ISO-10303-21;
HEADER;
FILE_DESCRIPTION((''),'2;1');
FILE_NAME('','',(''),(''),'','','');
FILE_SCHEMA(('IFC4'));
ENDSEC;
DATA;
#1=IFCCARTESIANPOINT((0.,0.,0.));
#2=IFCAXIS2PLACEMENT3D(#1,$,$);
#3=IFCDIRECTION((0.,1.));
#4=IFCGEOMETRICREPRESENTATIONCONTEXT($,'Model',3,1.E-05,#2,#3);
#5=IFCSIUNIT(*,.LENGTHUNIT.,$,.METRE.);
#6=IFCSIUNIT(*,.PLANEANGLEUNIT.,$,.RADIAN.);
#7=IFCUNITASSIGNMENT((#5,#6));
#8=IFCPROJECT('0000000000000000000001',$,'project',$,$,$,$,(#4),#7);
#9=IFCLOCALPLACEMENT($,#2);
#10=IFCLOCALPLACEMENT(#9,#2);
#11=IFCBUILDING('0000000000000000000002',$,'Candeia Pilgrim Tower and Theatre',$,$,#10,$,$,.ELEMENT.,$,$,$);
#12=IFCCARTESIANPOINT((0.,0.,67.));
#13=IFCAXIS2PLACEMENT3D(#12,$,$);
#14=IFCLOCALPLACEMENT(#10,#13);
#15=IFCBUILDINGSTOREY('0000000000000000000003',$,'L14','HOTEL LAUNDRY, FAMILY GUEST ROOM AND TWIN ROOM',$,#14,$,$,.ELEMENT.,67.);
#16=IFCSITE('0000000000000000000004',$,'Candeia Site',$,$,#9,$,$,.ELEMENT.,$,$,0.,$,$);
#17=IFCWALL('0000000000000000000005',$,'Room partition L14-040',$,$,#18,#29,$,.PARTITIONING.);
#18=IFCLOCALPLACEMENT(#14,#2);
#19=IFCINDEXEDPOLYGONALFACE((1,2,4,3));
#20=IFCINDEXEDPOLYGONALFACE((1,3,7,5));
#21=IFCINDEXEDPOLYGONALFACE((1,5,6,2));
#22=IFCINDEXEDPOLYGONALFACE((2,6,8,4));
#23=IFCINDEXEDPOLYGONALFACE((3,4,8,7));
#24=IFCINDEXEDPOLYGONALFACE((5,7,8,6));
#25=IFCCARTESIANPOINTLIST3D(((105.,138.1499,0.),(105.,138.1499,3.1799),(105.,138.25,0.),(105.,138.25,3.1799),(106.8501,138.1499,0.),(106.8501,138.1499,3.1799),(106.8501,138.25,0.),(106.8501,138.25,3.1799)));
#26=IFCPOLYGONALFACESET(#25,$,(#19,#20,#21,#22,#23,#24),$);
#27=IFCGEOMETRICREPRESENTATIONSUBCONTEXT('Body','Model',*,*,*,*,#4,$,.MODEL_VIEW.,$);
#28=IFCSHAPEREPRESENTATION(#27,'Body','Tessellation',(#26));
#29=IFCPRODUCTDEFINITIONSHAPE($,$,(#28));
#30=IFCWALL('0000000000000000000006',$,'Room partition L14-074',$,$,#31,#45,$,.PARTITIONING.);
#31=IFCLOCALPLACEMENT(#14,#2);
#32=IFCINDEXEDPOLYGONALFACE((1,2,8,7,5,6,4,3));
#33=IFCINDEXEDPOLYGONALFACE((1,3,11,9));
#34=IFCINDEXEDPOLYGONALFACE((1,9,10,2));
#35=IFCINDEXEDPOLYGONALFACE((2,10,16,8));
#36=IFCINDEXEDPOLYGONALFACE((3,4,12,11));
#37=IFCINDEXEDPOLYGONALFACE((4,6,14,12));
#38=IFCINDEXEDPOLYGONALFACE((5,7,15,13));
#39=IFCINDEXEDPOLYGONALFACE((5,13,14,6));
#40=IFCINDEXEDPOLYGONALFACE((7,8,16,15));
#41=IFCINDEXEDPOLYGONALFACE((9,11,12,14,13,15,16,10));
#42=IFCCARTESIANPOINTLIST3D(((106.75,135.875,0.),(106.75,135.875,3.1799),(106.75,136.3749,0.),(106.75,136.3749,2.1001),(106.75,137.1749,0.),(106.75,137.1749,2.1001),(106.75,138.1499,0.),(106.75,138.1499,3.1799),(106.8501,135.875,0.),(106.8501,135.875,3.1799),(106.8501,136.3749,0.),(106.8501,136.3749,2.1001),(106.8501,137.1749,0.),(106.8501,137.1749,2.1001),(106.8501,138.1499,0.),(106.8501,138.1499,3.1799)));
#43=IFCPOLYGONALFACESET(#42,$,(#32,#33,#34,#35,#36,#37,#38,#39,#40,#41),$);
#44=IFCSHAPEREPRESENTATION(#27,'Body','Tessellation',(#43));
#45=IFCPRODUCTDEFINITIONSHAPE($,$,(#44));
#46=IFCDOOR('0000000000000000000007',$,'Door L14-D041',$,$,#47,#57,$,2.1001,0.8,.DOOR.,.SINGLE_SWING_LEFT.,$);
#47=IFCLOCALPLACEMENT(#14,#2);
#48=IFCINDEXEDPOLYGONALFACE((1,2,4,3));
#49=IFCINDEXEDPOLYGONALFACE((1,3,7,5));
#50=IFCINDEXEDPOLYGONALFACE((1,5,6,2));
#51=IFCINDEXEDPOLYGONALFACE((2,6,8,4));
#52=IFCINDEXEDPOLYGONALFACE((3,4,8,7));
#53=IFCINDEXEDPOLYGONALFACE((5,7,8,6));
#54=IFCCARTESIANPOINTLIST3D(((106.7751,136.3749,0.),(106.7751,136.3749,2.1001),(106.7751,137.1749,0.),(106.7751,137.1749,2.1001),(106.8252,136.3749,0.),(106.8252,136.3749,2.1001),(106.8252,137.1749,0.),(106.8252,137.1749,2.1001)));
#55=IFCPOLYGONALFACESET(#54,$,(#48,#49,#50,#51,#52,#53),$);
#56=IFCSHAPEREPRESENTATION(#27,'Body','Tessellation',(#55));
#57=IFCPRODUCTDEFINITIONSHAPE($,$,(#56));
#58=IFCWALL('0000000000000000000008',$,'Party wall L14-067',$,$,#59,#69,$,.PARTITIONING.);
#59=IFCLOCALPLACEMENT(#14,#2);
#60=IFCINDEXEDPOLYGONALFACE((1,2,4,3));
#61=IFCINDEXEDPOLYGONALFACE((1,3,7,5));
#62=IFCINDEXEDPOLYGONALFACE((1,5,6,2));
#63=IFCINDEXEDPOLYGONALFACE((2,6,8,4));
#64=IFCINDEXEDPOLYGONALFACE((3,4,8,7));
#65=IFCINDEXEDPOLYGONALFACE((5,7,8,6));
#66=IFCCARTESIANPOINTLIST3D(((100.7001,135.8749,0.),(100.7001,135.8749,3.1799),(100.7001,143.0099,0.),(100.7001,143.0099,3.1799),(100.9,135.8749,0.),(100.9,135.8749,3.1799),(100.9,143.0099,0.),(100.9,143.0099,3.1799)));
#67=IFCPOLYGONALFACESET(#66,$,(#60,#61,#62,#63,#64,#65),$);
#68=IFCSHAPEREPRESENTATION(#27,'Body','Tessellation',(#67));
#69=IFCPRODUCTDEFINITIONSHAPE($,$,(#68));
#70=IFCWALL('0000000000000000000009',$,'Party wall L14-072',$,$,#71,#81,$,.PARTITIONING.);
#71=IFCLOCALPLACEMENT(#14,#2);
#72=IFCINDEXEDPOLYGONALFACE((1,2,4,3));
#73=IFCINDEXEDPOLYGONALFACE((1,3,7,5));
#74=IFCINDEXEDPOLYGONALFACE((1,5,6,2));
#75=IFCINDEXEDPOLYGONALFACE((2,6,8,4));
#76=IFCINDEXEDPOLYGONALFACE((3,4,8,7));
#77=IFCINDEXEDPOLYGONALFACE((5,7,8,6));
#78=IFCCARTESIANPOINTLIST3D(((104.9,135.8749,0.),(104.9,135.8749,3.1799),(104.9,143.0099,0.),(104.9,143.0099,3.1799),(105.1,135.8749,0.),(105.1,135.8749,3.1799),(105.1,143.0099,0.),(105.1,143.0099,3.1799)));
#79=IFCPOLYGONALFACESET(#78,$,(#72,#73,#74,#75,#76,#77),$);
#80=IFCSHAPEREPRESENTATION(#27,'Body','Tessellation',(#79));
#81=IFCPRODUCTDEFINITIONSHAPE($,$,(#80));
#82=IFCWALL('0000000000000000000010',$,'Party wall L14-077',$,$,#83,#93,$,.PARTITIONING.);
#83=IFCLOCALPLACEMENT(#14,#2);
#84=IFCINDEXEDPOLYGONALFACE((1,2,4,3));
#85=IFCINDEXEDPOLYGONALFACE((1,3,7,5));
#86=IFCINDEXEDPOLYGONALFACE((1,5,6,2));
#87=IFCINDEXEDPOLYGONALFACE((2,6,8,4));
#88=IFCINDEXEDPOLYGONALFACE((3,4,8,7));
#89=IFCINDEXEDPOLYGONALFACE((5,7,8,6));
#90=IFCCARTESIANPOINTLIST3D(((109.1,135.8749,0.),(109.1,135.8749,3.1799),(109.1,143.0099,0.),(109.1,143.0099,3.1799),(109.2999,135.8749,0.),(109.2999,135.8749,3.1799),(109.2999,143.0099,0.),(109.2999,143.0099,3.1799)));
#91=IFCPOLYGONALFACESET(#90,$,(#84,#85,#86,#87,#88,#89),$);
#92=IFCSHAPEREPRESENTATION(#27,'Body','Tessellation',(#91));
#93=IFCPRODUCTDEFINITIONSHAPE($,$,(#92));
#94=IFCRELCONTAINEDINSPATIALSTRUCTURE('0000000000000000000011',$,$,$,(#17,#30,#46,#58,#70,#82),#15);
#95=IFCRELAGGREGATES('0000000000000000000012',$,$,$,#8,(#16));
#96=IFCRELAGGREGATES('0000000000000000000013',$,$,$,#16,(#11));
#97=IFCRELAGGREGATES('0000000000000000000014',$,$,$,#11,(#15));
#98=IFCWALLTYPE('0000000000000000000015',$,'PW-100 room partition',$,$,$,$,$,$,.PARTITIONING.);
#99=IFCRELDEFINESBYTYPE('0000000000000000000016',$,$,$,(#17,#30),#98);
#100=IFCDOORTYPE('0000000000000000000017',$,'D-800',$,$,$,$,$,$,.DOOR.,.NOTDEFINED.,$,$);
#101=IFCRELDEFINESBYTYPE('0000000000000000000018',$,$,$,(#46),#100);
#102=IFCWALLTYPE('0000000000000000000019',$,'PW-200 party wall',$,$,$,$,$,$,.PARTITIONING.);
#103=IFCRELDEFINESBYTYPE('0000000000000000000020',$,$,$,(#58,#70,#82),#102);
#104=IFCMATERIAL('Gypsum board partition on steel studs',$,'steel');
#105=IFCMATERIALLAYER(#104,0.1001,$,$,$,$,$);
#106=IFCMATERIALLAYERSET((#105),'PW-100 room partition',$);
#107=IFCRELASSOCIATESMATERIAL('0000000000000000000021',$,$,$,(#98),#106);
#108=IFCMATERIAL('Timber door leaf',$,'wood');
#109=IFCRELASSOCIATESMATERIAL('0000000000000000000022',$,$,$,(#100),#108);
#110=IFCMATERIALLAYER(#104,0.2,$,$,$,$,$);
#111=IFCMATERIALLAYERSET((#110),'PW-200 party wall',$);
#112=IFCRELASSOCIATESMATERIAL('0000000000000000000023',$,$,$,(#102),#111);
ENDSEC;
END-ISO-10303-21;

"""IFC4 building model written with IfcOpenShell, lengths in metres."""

from ifc_helpers import new_model, si_unit, direction, frame, frame_2d, origin, place, context, subcontext, project, spatial, rectangle, extrude, material, layer, layer_set, type_object, element, fill, save


model = new_model("IFC4")

# Units and contexts
model_context = context("Model", 3, precision=1e-05, world=origin(), true_north=direction((0.0, 1.0)))
body_context = subcontext(model_context, "Body", "Model", "MODEL_VIEW")
ifc_project = project(units=[si_unit("LENGTHUNIT", "METRE"), si_unit("PLANEANGLEUNIT", "RADIAN")], contexts=[model_context])

# Site, building, storey
site_placement = place(None, origin())
site = spatial("IfcSite", under=ifc_project, at=site_placement, Name="Candeia Site", CompositionType="ELEMENT", RefElevation=0.0)
building_placement = place(site_placement, origin())
building = spatial("IfcBuilding", under=site, at=building_placement, Name="Candeia Pilgrim Tower and Theatre", CompositionType="ELEMENT")
storey_placement = place(building_placement, frame((0.0, 0.0, 67.0)))
storey = spatial("IfcBuildingStorey", under=building, at=storey_placement, Name="L14", Description="HOTEL LAUNDRY, FAMILY GUEST ROOM AND TWIN ROOM", CompositionType="ELEMENT", Elevation=67.0)

# Wall
ifc_material_1 = material(Name="Gypsum board partition on steel studs", Category="steel")
ifc_layer_1 = layer(ifc_material_1, 0.1001)
ifc_layer_set_1 = layer_set([ifc_layer_1], Name="PW-100 room partition")
wall_type_1 = type_object("IfcWallType", Name="PW-100 room partition", PredefinedType="PARTITIONING", material=ifc_layer_set_1)
wall_1_placement = place(storey_placement, frame((105.0, 138.2, 0.0), z_axis=(0.0, 0.0, 1.0), x_axis=(1.0, 0.0, 0.0)))
element("IfcWall", 1, at=wall_1_placement, inside=storey, type_object=wall_type_1, Name="Room partition L14-040", PredefinedType="PARTITIONING", context=body_context, shape_type="SweptSolid", body=[
    extrude(rectangle(XDim=1.8501, YDim=0.1001, at=frame_2d((0.925, 0.0))), origin(), (0.0, 0.0, 1.0), 3.1799),
])

# Wall, opening, door
wall_2_placement = place(storey_placement, frame((106.8, 135.875, 0.0), z_axis=(0.0, 0.0, 1.0), x_axis=(0.0, 1.0, 0.0)))
wall_2 = element("IfcWall", 2, at=wall_2_placement, inside=storey, type_object=wall_type_1, Name="Room partition L14-074", PredefinedType="PARTITIONING", context=body_context, shape_type="SweptSolid", body=[
    extrude(rectangle(XDim=2.2749, YDim=0.1001, at=frame_2d((1.1375, 0.0))), origin(), (0.0, 0.0, 1.0), 3.1799),
])
opening_1_placement = place(wall_2_placement, frame((0.5, 0.0, 0.0)))
opening_1 = element("IfcOpeningElement", 3, at=opening_1_placement, cuts=wall_2, PredefinedType="OPENING", context=body_context, shape_type="SweptSolid", body=[
    extrude(rectangle(XDim=0.8, YDim=2.1001, at=frame_2d((0.3999, 1.05))), frame((0.0, 0.0601, 0.0), z_axis=(0.0, -1.0, 0.0), x_axis=(1.0, 0.0, 0.0)), (0.0, 0.0, 1.0), 0.1201),
])
ifc_material_2 = material(Name="Timber door leaf", Category="wood")
door_type_1 = type_object("IfcDoorType", Name="D-800", OperationType="NOTDEFINED", PredefinedType="DOOR", material=ifc_material_2)
door_1_placement = place(opening_1_placement, origin())
door_1 = element("IfcDoor", 4, at=door_1_placement, inside=storey, type_object=door_type_1, Name="Door L14-D041", OperationType="SINGLE_SWING_LEFT", OverallHeight=2.1001, OverallWidth=0.8, PredefinedType="DOOR", context=body_context, shape_type="SweptSolid", body=[
    extrude(rectangle(XDim=0.8, YDim=2.1001, at=frame_2d((0.3999, 1.05))), frame((0.0, 0.0249, 0.0), z_axis=(0.0, -1.0, 0.0), x_axis=(1.0, 0.0, 0.0)), (0.0, 0.0, 1.0), 0.05),
])
fill(opening_1, door_1)

# Walls
ifc_layer_2 = layer(ifc_material_1, 0.2)
ifc_layer_set_2 = layer_set([ifc_layer_2], Name="PW-200 party wall")
wall_type_2 = type_object("IfcWallType", Name="PW-200 party wall", PredefinedType="PARTITIONING", material=ifc_layer_set_2)
for number, where, z_axis, x_axis, name in (
    (5, (100.8, 135.875, 0.0), (0.0, 0.0, 1.0), (0.0, 1.0, 0.0), "Party wall L14-067"),
    (6, (105.0, 135.875, 0.0), (0.0, 0.0, 1.0), (0.0, 1.0, 0.0), "Party wall L14-072"),
    (7, (109.2, 135.875, 0.0), (0.0, 0.0, 1.0), (0.0, 1.0, 0.0), "Party wall L14-077"),
):
    element("IfcWall", number, at=place(storey_placement, frame(where, z_axis=z_axis, x_axis=x_axis)), inside=storey, type_object=wall_type_2, Name=name, PredefinedType="PARTITIONING", context=body_context, shape_type="SweptSolid", body=[
        extrude(rectangle(XDim=7.135, YDim=0.2, at=frame_2d((3.5674, 0.0))), origin(), (0.0, 0.0, 1.0), 3.1799),
    ])

save(model, "model.ifc")
